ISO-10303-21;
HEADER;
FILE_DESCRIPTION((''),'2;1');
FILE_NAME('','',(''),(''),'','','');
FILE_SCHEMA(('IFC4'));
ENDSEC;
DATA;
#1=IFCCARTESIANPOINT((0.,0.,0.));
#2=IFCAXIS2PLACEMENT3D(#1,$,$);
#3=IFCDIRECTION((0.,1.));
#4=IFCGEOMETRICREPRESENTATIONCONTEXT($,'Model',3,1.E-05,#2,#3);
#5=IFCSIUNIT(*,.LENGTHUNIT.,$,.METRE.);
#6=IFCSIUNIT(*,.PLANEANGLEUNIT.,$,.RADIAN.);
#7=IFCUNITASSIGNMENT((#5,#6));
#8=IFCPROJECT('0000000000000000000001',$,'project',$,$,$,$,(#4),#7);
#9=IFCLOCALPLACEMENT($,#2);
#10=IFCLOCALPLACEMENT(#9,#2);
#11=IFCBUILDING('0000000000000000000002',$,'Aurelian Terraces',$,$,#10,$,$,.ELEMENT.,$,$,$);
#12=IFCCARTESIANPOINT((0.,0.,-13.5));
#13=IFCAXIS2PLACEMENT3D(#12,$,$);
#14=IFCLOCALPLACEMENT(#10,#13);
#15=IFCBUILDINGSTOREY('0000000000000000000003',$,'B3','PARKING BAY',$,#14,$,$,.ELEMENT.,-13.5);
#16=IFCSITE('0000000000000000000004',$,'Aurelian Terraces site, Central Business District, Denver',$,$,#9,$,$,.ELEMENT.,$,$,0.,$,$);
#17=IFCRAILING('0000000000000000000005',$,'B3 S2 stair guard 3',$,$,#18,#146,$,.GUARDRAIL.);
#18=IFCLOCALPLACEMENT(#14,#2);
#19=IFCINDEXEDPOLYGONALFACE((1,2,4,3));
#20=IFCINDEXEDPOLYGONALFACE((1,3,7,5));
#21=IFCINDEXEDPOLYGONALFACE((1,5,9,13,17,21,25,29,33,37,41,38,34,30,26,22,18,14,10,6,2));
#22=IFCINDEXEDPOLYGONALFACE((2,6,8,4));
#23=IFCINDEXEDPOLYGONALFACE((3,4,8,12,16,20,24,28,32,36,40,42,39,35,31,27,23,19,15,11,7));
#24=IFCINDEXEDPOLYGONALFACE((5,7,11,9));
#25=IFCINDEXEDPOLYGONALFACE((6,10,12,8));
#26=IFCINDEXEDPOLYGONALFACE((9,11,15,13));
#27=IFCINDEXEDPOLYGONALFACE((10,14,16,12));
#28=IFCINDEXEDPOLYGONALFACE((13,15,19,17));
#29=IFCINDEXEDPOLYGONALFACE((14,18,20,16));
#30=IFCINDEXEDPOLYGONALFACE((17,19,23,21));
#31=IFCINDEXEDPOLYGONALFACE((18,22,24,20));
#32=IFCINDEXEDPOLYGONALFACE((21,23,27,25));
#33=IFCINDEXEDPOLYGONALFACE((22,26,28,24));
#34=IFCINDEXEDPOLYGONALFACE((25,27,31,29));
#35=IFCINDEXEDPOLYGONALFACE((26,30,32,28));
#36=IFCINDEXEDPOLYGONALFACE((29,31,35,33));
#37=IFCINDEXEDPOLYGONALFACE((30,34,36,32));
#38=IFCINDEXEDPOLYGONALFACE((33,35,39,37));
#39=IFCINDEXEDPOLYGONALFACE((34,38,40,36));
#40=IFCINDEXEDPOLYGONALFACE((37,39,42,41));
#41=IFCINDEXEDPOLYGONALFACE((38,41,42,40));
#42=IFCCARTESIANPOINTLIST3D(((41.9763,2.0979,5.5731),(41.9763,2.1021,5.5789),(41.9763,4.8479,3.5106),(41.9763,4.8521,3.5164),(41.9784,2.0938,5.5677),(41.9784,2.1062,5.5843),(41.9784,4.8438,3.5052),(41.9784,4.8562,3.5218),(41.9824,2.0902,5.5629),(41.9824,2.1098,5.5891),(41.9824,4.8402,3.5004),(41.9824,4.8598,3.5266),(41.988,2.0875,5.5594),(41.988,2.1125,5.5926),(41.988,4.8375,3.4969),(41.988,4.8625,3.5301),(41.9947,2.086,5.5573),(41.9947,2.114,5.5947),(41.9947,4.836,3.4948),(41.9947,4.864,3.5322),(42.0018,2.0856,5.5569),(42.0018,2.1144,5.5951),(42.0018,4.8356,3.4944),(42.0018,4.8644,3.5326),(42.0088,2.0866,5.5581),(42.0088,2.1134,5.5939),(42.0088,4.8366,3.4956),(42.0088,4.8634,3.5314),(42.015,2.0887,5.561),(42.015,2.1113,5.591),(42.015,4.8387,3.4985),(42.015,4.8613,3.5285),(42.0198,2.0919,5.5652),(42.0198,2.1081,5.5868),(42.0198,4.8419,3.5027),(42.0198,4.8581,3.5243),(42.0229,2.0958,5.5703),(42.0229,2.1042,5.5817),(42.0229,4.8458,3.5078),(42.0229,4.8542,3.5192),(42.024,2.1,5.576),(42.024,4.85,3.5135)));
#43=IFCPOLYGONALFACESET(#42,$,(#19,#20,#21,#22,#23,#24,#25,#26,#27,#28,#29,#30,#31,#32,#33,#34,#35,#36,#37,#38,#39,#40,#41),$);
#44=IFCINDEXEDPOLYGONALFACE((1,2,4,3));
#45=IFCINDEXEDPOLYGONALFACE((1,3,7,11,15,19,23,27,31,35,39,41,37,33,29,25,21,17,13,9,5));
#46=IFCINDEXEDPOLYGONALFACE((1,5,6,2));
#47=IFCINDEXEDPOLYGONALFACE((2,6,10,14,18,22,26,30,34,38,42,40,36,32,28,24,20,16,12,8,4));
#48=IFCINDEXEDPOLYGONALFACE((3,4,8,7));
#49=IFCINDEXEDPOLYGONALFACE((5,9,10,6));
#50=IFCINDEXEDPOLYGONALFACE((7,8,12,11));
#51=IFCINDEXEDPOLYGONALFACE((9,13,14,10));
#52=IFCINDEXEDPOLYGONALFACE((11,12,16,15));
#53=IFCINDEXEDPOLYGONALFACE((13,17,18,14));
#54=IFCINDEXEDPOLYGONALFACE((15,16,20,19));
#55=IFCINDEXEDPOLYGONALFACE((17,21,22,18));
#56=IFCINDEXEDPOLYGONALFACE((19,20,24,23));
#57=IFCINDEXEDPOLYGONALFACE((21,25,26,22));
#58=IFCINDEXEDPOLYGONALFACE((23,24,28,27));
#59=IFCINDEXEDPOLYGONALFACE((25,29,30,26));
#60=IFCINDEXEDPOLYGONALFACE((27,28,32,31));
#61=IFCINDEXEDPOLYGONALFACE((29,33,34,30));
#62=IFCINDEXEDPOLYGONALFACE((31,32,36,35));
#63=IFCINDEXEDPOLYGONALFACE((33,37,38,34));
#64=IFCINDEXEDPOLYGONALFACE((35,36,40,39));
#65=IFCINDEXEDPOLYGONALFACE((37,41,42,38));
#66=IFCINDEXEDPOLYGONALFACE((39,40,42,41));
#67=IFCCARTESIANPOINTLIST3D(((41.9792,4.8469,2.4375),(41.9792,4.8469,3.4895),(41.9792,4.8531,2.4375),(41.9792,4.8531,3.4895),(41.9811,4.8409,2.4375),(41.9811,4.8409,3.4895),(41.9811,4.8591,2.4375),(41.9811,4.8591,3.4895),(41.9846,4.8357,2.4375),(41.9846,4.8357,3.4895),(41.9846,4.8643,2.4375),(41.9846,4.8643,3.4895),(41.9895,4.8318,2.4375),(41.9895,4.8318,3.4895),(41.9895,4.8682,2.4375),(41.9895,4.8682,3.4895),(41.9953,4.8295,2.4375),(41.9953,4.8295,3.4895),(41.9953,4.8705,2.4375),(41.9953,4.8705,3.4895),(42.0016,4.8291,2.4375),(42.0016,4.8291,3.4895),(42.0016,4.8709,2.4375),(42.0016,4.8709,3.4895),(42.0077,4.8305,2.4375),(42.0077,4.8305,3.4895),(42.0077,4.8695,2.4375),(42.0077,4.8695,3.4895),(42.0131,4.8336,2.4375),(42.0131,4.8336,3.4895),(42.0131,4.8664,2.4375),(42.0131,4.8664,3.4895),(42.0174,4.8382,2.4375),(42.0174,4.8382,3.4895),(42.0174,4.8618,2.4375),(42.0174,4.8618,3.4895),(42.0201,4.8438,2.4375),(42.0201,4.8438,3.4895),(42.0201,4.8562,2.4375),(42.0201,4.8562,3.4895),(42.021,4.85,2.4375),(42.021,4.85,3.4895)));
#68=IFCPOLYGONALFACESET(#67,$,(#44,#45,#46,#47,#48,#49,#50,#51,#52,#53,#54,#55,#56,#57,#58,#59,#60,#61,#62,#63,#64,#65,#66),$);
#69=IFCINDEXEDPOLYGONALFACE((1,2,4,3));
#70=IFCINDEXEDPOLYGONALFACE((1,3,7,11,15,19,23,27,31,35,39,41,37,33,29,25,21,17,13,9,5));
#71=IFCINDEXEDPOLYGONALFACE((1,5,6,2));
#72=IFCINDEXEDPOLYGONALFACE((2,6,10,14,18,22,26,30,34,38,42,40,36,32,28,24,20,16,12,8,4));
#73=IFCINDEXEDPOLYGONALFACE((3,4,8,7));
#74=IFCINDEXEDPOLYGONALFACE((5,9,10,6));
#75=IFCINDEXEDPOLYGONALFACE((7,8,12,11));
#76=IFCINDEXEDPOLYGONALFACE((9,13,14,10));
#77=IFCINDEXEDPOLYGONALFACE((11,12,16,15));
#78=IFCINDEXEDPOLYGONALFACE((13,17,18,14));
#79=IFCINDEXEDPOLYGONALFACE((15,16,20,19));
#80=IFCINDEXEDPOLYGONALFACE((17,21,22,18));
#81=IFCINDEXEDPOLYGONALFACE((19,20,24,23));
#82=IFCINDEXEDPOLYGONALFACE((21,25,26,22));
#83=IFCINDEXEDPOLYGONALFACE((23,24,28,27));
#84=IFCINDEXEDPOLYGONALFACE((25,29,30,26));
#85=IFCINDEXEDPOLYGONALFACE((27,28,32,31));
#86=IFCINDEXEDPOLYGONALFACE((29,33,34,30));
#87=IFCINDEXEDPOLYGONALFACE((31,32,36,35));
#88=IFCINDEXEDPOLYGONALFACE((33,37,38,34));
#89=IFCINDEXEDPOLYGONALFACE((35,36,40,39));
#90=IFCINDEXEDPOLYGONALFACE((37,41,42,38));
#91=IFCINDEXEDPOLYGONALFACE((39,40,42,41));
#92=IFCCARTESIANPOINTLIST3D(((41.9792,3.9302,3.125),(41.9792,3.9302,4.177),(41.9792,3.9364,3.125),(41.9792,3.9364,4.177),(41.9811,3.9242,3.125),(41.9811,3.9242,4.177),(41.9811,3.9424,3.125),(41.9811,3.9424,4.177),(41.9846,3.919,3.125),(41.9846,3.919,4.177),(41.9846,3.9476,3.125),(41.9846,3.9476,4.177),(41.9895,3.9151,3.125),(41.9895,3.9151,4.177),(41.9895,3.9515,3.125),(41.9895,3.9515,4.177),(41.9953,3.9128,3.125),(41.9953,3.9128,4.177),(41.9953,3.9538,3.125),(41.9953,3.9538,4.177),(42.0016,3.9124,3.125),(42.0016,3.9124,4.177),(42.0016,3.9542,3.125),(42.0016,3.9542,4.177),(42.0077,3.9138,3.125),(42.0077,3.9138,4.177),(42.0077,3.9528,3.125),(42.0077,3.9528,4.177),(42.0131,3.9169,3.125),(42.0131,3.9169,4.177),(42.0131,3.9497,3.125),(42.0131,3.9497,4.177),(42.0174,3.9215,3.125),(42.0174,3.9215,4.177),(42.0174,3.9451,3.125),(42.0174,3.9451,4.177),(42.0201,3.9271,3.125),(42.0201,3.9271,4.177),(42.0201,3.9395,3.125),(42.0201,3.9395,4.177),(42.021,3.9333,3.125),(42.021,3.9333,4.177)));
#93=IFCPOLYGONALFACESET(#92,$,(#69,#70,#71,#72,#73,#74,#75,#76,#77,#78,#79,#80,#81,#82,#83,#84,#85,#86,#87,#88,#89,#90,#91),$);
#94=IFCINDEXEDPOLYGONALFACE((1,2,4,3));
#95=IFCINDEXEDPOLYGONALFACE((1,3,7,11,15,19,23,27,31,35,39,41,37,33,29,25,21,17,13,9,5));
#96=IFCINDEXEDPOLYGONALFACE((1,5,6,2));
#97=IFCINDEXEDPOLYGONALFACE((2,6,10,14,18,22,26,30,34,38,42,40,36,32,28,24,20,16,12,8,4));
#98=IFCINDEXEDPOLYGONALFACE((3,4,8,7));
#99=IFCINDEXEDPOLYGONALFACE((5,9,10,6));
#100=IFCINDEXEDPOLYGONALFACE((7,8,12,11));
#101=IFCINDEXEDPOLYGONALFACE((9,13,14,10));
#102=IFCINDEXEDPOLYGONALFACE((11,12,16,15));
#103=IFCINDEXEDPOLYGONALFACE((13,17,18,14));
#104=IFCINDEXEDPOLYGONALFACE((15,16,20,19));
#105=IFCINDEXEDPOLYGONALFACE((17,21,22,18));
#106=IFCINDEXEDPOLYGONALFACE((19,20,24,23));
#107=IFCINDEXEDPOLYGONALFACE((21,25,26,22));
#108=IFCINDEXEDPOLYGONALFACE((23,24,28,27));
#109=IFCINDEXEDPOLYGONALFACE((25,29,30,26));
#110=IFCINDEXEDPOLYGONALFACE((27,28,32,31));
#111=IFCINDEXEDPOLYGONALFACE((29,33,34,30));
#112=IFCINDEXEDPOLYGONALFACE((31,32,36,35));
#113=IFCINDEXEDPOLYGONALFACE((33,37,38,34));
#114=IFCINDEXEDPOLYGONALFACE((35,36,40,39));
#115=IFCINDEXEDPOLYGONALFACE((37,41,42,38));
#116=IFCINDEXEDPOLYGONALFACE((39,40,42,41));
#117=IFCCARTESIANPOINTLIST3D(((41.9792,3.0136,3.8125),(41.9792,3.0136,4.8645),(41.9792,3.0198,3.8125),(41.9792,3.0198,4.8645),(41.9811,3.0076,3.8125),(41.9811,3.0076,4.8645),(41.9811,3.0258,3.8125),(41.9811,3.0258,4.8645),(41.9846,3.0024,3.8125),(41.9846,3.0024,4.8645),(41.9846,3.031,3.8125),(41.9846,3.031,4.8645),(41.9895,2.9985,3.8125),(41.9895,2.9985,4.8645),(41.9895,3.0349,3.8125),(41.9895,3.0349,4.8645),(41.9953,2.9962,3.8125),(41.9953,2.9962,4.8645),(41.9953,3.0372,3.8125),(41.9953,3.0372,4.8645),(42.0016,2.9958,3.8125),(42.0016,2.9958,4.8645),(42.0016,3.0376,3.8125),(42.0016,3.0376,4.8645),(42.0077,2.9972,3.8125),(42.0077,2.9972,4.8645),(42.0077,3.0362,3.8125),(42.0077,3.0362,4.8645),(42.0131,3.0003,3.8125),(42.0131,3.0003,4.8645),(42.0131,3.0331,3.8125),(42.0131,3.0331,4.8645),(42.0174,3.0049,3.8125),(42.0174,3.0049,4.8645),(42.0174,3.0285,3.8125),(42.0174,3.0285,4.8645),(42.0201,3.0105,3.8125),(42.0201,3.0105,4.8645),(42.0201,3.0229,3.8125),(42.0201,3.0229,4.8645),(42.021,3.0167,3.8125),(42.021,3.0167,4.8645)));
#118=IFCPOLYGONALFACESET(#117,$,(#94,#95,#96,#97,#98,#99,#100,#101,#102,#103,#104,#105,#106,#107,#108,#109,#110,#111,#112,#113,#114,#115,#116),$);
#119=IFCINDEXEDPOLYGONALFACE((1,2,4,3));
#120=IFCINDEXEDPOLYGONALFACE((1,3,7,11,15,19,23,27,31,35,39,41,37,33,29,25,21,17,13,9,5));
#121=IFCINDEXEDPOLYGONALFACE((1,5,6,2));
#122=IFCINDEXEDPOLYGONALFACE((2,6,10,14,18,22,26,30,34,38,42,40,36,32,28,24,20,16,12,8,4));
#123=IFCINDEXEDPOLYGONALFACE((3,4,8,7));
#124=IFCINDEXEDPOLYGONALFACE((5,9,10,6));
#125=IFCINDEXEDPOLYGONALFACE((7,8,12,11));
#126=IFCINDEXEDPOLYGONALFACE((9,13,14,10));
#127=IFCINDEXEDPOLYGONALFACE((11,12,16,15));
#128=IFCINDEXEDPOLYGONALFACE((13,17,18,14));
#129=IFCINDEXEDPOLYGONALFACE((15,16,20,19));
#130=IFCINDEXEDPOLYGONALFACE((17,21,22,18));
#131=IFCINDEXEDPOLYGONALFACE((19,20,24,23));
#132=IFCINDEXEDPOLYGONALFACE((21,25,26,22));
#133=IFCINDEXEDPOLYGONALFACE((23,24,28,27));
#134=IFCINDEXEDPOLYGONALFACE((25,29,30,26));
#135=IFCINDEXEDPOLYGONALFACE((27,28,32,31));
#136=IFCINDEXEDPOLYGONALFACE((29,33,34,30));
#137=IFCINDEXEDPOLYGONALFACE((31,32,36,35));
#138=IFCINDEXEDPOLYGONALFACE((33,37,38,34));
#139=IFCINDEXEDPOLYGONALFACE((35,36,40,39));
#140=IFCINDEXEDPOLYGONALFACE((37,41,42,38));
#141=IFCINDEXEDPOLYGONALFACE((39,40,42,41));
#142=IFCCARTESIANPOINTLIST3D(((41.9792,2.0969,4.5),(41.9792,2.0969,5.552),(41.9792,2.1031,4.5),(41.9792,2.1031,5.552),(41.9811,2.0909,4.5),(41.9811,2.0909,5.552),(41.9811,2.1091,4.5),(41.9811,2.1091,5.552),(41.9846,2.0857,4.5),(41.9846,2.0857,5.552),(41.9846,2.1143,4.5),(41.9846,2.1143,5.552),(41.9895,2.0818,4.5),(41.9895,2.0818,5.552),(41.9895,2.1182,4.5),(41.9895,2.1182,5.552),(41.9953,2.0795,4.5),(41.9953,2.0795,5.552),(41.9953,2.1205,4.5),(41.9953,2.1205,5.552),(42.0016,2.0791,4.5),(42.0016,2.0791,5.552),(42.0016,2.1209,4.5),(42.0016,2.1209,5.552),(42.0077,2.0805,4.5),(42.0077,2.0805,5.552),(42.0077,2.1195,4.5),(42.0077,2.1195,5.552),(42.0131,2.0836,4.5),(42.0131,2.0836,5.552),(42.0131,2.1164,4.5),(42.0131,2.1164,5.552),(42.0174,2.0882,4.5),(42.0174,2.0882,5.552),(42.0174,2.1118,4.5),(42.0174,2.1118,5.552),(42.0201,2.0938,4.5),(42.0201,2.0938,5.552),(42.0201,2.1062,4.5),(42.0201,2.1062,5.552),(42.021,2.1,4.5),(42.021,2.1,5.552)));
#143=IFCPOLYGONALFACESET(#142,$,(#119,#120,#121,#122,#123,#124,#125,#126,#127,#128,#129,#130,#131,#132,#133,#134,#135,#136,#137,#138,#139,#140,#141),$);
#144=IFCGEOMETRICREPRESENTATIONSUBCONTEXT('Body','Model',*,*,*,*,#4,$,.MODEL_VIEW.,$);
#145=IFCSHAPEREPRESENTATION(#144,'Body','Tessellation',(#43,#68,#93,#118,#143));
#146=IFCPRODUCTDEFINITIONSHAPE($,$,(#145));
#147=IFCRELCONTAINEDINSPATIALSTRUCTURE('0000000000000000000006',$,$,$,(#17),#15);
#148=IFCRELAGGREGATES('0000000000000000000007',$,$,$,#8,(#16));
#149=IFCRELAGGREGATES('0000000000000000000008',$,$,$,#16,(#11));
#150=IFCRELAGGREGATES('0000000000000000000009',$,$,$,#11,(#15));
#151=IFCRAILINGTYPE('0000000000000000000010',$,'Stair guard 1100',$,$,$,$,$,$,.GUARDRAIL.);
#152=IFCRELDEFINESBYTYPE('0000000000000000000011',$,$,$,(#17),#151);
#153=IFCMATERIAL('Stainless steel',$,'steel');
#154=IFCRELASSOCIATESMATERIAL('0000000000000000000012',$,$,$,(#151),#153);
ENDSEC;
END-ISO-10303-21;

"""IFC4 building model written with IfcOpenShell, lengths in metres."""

from ifc_helpers import new_model, si_unit, direction, frame, origin, origin_2d, place, context, subcontext, project, spatial, circle, extrude, source, transform, mapped, material, type_object, element, save


model = new_model("IFC4")

# Units and contexts
model_context = context("Model", 3, precision=1e-05, world=origin(), true_north=direction((0.0, 1.0)))
body_context = subcontext(model_context, "Body", "Model", "MODEL_VIEW")
ifc_project = project(units=[si_unit("LENGTHUNIT", "METRE"), si_unit("PLANEANGLEUNIT", "RADIAN")], contexts=[model_context])

# Site, building, storey
site_placement = place(None, origin())
site = spatial("IfcSite", under=ifc_project, at=site_placement, Name="Aurelian Terraces site, Central Business District, Denver", CompositionType="ELEMENT", RefElevation=0.0)
building_placement = place(site_placement, origin())
building = spatial("IfcBuilding", under=site, at=building_placement, Name="Aurelian Terraces", CompositionType="ELEMENT")
storey_placement = place(building_placement, frame((0.0, 0.0, -13.5)))
storey = spatial("IfcBuildingStorey", under=building, at=storey_placement, Name="B3", Description="PARKING BAY", CompositionType="ELEMENT", Elevation=-13.5)

# Railing
ifc_material_1 = material(Name="Stainless steel", Category="steel")
railing_type_1 = type_object("IfcRailingType", Name="Stair guard 1100", PredefinedType="GUARDRAIL", material=ifc_material_1)
shared_shape_1 = source(origin(), body_context, "Body", "SweptSolid", [
    extrude(circle(Radius=0.024, at=origin_2d()), frame((0.0, 0.0, 1.076), z_axis=(0.0, -0.8, 0.6), x_axis=(1.0, 0.0, 0.0)), (0.0, 0.0, 1.0), 3.4375),
    extrude(circle(Radius=0.021, at=origin_2d()), origin(), (0.0, 0.0, 1.0), 1.052),
    extrude(circle(Radius=0.021, at=origin_2d()), frame((0.0, -0.9167, 0.6875)), (0.0, 0.0, 1.0), 1.052),
    extrude(circle(Radius=0.021, at=origin_2d()), frame((0.0, -1.8333, 1.375)), (0.0, 0.0, 1.0), 1.052),
    extrude(circle(Radius=0.021, at=origin_2d()), frame((0.0, -2.75, 2.0625)), (0.0, 0.0, 1.0), 1.052),
])
railing_1_placement = place(storey_placement, frame((42.0, 4.85, 2.4375)))
element("IfcRailing", 1, at=railing_1_placement, inside=storey, type_object=railing_type_1, Name="B3 S2 stair guard 3", PredefinedType="GUARDRAIL", context=body_context, shape_type="MappedRepresentation", body=[
    mapped(shared_shape_1, transform((0.0, 0.0, 0.0), scale=1.0)),
])

save(model, "model.ifc")
